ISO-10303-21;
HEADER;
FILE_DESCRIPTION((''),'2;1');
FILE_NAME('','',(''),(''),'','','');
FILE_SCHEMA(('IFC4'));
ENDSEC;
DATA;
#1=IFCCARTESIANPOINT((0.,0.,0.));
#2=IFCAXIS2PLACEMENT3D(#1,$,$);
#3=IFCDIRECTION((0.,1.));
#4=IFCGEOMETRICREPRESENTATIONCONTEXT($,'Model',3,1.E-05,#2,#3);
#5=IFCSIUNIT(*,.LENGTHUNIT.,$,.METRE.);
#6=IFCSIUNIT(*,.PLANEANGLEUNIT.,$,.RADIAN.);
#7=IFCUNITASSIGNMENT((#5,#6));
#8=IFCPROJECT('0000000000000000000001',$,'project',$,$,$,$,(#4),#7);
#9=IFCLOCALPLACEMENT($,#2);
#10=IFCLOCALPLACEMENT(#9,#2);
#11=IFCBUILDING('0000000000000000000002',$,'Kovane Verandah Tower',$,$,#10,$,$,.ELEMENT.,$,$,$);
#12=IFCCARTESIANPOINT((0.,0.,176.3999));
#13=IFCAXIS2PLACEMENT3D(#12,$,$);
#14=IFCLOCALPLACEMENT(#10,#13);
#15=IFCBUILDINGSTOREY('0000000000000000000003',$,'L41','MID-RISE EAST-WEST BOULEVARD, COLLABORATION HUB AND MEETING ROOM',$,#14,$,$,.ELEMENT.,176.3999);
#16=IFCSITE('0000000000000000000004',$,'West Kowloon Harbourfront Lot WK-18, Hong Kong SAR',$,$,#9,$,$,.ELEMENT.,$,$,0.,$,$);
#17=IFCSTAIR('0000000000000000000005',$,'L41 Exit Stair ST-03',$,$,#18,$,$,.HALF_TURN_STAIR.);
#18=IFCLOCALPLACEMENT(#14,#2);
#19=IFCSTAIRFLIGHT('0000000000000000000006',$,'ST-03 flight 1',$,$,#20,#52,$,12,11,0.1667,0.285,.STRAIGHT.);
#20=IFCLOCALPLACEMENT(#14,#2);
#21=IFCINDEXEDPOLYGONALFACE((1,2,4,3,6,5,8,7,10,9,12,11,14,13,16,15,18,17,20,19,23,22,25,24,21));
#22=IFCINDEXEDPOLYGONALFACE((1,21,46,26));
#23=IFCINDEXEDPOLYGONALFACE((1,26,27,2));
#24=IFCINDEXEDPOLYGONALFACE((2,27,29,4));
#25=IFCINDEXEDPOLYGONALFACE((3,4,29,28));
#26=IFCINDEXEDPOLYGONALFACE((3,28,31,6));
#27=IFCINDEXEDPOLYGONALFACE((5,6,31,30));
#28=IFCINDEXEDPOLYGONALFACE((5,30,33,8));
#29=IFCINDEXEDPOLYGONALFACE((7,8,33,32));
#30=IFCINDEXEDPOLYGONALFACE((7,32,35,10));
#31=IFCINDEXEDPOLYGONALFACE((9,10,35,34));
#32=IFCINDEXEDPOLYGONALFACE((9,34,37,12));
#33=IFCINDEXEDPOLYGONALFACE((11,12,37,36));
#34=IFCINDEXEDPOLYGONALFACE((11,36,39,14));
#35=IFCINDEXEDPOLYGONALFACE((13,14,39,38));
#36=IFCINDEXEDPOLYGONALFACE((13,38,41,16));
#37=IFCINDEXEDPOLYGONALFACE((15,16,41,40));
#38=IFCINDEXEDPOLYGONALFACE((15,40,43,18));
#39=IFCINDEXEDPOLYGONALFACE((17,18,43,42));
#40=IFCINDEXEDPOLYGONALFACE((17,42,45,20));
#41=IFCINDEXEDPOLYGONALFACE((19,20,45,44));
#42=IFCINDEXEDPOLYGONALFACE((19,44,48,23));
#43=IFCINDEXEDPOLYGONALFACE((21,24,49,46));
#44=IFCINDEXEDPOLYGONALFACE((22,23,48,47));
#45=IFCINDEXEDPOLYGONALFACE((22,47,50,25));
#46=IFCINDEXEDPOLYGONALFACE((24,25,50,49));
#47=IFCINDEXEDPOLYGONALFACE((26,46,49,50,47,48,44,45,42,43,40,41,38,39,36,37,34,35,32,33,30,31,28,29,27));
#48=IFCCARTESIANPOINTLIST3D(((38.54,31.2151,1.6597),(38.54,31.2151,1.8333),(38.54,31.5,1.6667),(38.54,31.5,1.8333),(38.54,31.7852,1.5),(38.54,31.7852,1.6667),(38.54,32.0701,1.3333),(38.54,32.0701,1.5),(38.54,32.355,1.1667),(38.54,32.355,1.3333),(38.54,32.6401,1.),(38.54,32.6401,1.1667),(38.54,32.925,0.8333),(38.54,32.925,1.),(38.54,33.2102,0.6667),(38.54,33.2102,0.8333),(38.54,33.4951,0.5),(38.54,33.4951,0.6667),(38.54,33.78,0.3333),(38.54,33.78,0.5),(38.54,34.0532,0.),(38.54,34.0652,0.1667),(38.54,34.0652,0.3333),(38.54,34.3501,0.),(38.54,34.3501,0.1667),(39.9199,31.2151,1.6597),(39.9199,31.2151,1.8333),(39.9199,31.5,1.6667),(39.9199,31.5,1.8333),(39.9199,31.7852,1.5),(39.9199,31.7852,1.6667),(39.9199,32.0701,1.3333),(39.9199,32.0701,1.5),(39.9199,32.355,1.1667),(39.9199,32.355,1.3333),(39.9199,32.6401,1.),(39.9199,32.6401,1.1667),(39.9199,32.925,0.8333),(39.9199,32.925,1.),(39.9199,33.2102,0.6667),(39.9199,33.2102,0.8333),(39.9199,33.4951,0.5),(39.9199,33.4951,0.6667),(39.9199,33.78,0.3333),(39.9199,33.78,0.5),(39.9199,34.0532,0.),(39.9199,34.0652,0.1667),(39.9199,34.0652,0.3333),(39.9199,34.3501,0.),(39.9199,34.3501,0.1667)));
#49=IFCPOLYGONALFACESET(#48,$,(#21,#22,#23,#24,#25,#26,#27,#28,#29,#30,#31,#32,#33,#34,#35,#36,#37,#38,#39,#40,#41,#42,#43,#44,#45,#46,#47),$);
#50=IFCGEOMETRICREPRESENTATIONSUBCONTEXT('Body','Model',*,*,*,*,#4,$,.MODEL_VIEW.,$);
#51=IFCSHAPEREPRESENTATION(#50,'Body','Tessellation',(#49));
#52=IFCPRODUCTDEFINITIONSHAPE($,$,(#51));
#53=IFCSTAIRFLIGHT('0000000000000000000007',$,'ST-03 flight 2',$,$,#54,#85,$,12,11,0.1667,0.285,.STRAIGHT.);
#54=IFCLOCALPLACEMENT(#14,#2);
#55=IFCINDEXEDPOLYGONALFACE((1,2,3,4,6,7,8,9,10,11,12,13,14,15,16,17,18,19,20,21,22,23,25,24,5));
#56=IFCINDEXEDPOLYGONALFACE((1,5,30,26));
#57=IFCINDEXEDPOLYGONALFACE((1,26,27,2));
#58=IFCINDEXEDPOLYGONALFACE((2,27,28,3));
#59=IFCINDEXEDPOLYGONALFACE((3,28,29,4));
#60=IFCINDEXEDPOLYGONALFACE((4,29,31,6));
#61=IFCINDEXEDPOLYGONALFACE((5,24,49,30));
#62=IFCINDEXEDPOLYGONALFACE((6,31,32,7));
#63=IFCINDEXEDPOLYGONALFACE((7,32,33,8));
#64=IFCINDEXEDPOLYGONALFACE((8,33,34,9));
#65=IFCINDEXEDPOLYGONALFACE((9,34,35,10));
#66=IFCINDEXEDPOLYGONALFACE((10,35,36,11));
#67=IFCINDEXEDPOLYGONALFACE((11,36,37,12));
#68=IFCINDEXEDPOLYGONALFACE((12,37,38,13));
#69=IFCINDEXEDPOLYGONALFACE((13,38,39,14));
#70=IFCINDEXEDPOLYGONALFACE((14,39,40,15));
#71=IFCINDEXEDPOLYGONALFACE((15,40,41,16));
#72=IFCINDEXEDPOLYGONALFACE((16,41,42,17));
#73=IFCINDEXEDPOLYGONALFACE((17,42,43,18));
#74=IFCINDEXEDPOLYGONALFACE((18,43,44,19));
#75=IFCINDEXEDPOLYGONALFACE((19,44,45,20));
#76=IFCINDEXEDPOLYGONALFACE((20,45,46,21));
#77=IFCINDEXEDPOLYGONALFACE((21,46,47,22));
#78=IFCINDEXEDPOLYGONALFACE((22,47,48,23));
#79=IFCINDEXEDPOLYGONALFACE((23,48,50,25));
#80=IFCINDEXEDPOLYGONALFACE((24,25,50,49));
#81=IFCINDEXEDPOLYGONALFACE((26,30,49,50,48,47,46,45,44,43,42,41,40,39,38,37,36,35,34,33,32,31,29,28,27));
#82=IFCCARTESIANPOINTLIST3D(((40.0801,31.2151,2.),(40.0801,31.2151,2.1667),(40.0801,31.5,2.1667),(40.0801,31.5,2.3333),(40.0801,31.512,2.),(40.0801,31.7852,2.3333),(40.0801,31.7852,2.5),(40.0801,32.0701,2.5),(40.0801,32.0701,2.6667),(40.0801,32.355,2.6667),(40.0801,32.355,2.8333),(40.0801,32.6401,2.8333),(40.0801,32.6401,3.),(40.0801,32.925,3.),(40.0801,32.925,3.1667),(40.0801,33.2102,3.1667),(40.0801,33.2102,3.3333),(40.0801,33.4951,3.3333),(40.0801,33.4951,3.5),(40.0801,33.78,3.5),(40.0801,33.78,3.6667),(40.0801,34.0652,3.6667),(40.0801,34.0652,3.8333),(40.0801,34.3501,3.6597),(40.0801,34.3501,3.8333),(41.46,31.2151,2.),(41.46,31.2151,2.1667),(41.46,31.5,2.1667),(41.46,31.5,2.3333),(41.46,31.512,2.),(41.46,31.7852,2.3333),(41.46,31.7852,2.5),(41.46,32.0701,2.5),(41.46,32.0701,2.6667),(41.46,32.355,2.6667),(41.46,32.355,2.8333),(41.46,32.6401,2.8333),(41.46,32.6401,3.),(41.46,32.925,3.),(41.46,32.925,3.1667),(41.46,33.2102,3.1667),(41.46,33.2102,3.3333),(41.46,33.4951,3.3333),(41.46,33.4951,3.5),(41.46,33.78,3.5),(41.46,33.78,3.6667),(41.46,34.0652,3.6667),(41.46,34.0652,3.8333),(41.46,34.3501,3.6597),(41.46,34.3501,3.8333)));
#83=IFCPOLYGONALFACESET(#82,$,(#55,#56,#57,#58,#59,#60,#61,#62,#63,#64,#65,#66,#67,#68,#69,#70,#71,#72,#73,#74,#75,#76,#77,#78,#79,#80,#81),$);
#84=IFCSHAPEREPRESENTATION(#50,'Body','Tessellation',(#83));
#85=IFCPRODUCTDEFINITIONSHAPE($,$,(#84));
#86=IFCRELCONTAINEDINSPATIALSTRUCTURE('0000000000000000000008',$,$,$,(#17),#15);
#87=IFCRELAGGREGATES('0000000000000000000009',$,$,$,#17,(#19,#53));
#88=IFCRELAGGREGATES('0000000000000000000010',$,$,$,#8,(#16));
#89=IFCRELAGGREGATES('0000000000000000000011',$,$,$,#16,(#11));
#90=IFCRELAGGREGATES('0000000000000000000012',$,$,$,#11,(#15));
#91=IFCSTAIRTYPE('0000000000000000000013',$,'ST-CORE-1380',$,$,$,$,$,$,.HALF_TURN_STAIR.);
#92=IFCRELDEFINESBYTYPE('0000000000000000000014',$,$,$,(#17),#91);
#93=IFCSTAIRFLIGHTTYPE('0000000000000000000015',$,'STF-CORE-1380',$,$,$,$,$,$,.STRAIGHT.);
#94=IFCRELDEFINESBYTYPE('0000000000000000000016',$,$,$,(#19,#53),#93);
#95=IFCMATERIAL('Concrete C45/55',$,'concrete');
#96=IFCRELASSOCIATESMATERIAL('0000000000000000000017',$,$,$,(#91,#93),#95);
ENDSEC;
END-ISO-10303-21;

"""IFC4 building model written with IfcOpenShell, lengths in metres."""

from ifc_helpers import new_model, si_unit, direction, frame, origin, place, context, subcontext, project, spatial, polyline, outline, extrude, material, type_object, element, aggregate, save


model = new_model("IFC4")

# Units and contexts
model_context = context("Model", 3, precision=1e-05, world=origin(), true_north=direction((0.0, 1.0)))
body_context = subcontext(model_context, "Body", "Model", "MODEL_VIEW")
ifc_project = project(units=[si_unit("LENGTHUNIT", "METRE"), si_unit("PLANEANGLEUNIT", "RADIAN")], contexts=[model_context])

# Site, building, storey
site_placement = place(None, origin())
site = spatial("IfcSite", under=ifc_project, at=site_placement, Name="West Kowloon Harbourfront Lot WK-18, Hong Kong SAR", CompositionType="ELEMENT", RefElevation=0.0)
building_placement = place(site_placement, origin())
building = spatial("IfcBuilding", under=site, at=building_placement, Name="Kovane Verandah Tower", CompositionType="ELEMENT")
storey_placement = place(building_placement, frame((0.0, 0.0, 176.3999)))
storey = spatial("IfcBuildingStorey", under=building, at=storey_placement, Name="L41", Description="MID-RISE EAST-WEST BOULEVARD, COLLABORATION HUB AND MEETING ROOM", CompositionType="ELEMENT", Elevation=176.3999)

# Shared definitions
ifc_material_1 = material(Name="Concrete C45/55", Category="concrete")

# Stair, stair flights
stair_type = type_object("IfcStairType", Name="ST-CORE-1380", PredefinedType="HALF_TURN_STAIR", material=ifc_material_1)
stair_placement = place(storey_placement, origin())
stair = element("IfcStair", 1, at=stair_placement, inside=storey, type_object=stair_type, Name="L41 Exit Stair ST-03", PredefinedType="HALF_TURN_STAIR")
stair_flight_type = type_object("IfcStairFlightType", Name="STF-CORE-1380", PredefinedType="STRAIGHT", material=ifc_material_1)
stair_flight_1_placement = place(storey_placement, frame((39.23, 34.3501, 0.0), z_axis=(0.0, 0.0, 1.0), x_axis=(0.0, -1.0, 0.0)))
stair_flight_1 = element("IfcStairFlight", 2, at=stair_flight_1_placement, type_object=stair_flight_type, Name="ST-03 flight 1", NumberOfRisers=12, NumberOfTreads=11, PredefinedType="STRAIGHT", RiserHeight=0.1667, TreadLength=0.285, context=body_context, shape_type="SweptSolid", body=[
    extrude(outline(polyline([(0.0, 0.0), (0.0, 0.1667), (0.2849, 0.1667), (0.2849, 0.3333), (0.5701, 0.3333), (0.5701, 0.5), (0.855, 0.5), (0.855, 0.6667), (1.1399, 0.6667), (1.1399, 0.8333), (1.425, 0.8333), (1.425, 1.0), (1.71, 1.0), (1.71, 1.1667), (1.9951, 1.1667), (1.9951, 1.3333), (2.28, 1.3333), (2.28, 1.5), (2.5649, 1.5), (2.5649, 1.6667), (2.8501, 1.6667), (2.8501, 1.8333), (3.135, 1.8333), (3.135, 2.0), (3.135, 1.6597), (0.2969, 0.0), (0.0, 0.0)])), frame((0.0, 0.6899, 0.0), z_axis=(0.0, -1.0, 0.0), x_axis=(1.0, 0.0, 0.0)), (0.0, 0.0, 1.0), 1.3799),
])
stair_flight_2_placement = place(storey_placement, frame((40.77, 31.2151, 2.0), z_axis=(0.0, 0.0, 1.0), x_axis=(0.0, 1.0, 0.0)))
stair_flight_2 = element("IfcStairFlight", 3, at=stair_flight_2_placement, type_object=stair_flight_type, Name="ST-03 flight 2", NumberOfRisers=12, NumberOfTreads=11, PredefinedType="STRAIGHT", RiserHeight=0.1667, TreadLength=0.285, context=body_context, shape_type="SweptSolid", body=[
    extrude(outline(polyline([(0.0, 0.0), (0.0, 0.1667), (0.2849, 0.1667), (0.2849, 0.3333), (0.5701, 0.3333), (0.5701, 0.5), (0.855, 0.5), (0.855, 0.6667), (1.1399, 0.6667), (1.1399, 0.8333), (1.425, 0.8333), (1.425, 1.0), (1.71, 1.0), (1.71, 1.1667), (1.9951, 1.1667), (1.9951, 1.3333), (2.28, 1.3333), (2.28, 1.5), (2.5649, 1.5), (2.5649, 1.6667), (2.8501, 1.6667), (2.8501, 1.8333), (3.135, 1.8333), (3.135, 2.0), (3.135, 1.6597), (0.2969, 0.0), (0.0, 0.0)])), frame((0.0, 0.6899, 0.0), z_axis=(0.0, -1.0, 0.0), x_axis=(1.0, 0.0, 0.0)), (0.0, 0.0, 1.0), 1.3799),
])
aggregate(stair, [stair_flight_1, stair_flight_2])

save(model, "model.ifc")
